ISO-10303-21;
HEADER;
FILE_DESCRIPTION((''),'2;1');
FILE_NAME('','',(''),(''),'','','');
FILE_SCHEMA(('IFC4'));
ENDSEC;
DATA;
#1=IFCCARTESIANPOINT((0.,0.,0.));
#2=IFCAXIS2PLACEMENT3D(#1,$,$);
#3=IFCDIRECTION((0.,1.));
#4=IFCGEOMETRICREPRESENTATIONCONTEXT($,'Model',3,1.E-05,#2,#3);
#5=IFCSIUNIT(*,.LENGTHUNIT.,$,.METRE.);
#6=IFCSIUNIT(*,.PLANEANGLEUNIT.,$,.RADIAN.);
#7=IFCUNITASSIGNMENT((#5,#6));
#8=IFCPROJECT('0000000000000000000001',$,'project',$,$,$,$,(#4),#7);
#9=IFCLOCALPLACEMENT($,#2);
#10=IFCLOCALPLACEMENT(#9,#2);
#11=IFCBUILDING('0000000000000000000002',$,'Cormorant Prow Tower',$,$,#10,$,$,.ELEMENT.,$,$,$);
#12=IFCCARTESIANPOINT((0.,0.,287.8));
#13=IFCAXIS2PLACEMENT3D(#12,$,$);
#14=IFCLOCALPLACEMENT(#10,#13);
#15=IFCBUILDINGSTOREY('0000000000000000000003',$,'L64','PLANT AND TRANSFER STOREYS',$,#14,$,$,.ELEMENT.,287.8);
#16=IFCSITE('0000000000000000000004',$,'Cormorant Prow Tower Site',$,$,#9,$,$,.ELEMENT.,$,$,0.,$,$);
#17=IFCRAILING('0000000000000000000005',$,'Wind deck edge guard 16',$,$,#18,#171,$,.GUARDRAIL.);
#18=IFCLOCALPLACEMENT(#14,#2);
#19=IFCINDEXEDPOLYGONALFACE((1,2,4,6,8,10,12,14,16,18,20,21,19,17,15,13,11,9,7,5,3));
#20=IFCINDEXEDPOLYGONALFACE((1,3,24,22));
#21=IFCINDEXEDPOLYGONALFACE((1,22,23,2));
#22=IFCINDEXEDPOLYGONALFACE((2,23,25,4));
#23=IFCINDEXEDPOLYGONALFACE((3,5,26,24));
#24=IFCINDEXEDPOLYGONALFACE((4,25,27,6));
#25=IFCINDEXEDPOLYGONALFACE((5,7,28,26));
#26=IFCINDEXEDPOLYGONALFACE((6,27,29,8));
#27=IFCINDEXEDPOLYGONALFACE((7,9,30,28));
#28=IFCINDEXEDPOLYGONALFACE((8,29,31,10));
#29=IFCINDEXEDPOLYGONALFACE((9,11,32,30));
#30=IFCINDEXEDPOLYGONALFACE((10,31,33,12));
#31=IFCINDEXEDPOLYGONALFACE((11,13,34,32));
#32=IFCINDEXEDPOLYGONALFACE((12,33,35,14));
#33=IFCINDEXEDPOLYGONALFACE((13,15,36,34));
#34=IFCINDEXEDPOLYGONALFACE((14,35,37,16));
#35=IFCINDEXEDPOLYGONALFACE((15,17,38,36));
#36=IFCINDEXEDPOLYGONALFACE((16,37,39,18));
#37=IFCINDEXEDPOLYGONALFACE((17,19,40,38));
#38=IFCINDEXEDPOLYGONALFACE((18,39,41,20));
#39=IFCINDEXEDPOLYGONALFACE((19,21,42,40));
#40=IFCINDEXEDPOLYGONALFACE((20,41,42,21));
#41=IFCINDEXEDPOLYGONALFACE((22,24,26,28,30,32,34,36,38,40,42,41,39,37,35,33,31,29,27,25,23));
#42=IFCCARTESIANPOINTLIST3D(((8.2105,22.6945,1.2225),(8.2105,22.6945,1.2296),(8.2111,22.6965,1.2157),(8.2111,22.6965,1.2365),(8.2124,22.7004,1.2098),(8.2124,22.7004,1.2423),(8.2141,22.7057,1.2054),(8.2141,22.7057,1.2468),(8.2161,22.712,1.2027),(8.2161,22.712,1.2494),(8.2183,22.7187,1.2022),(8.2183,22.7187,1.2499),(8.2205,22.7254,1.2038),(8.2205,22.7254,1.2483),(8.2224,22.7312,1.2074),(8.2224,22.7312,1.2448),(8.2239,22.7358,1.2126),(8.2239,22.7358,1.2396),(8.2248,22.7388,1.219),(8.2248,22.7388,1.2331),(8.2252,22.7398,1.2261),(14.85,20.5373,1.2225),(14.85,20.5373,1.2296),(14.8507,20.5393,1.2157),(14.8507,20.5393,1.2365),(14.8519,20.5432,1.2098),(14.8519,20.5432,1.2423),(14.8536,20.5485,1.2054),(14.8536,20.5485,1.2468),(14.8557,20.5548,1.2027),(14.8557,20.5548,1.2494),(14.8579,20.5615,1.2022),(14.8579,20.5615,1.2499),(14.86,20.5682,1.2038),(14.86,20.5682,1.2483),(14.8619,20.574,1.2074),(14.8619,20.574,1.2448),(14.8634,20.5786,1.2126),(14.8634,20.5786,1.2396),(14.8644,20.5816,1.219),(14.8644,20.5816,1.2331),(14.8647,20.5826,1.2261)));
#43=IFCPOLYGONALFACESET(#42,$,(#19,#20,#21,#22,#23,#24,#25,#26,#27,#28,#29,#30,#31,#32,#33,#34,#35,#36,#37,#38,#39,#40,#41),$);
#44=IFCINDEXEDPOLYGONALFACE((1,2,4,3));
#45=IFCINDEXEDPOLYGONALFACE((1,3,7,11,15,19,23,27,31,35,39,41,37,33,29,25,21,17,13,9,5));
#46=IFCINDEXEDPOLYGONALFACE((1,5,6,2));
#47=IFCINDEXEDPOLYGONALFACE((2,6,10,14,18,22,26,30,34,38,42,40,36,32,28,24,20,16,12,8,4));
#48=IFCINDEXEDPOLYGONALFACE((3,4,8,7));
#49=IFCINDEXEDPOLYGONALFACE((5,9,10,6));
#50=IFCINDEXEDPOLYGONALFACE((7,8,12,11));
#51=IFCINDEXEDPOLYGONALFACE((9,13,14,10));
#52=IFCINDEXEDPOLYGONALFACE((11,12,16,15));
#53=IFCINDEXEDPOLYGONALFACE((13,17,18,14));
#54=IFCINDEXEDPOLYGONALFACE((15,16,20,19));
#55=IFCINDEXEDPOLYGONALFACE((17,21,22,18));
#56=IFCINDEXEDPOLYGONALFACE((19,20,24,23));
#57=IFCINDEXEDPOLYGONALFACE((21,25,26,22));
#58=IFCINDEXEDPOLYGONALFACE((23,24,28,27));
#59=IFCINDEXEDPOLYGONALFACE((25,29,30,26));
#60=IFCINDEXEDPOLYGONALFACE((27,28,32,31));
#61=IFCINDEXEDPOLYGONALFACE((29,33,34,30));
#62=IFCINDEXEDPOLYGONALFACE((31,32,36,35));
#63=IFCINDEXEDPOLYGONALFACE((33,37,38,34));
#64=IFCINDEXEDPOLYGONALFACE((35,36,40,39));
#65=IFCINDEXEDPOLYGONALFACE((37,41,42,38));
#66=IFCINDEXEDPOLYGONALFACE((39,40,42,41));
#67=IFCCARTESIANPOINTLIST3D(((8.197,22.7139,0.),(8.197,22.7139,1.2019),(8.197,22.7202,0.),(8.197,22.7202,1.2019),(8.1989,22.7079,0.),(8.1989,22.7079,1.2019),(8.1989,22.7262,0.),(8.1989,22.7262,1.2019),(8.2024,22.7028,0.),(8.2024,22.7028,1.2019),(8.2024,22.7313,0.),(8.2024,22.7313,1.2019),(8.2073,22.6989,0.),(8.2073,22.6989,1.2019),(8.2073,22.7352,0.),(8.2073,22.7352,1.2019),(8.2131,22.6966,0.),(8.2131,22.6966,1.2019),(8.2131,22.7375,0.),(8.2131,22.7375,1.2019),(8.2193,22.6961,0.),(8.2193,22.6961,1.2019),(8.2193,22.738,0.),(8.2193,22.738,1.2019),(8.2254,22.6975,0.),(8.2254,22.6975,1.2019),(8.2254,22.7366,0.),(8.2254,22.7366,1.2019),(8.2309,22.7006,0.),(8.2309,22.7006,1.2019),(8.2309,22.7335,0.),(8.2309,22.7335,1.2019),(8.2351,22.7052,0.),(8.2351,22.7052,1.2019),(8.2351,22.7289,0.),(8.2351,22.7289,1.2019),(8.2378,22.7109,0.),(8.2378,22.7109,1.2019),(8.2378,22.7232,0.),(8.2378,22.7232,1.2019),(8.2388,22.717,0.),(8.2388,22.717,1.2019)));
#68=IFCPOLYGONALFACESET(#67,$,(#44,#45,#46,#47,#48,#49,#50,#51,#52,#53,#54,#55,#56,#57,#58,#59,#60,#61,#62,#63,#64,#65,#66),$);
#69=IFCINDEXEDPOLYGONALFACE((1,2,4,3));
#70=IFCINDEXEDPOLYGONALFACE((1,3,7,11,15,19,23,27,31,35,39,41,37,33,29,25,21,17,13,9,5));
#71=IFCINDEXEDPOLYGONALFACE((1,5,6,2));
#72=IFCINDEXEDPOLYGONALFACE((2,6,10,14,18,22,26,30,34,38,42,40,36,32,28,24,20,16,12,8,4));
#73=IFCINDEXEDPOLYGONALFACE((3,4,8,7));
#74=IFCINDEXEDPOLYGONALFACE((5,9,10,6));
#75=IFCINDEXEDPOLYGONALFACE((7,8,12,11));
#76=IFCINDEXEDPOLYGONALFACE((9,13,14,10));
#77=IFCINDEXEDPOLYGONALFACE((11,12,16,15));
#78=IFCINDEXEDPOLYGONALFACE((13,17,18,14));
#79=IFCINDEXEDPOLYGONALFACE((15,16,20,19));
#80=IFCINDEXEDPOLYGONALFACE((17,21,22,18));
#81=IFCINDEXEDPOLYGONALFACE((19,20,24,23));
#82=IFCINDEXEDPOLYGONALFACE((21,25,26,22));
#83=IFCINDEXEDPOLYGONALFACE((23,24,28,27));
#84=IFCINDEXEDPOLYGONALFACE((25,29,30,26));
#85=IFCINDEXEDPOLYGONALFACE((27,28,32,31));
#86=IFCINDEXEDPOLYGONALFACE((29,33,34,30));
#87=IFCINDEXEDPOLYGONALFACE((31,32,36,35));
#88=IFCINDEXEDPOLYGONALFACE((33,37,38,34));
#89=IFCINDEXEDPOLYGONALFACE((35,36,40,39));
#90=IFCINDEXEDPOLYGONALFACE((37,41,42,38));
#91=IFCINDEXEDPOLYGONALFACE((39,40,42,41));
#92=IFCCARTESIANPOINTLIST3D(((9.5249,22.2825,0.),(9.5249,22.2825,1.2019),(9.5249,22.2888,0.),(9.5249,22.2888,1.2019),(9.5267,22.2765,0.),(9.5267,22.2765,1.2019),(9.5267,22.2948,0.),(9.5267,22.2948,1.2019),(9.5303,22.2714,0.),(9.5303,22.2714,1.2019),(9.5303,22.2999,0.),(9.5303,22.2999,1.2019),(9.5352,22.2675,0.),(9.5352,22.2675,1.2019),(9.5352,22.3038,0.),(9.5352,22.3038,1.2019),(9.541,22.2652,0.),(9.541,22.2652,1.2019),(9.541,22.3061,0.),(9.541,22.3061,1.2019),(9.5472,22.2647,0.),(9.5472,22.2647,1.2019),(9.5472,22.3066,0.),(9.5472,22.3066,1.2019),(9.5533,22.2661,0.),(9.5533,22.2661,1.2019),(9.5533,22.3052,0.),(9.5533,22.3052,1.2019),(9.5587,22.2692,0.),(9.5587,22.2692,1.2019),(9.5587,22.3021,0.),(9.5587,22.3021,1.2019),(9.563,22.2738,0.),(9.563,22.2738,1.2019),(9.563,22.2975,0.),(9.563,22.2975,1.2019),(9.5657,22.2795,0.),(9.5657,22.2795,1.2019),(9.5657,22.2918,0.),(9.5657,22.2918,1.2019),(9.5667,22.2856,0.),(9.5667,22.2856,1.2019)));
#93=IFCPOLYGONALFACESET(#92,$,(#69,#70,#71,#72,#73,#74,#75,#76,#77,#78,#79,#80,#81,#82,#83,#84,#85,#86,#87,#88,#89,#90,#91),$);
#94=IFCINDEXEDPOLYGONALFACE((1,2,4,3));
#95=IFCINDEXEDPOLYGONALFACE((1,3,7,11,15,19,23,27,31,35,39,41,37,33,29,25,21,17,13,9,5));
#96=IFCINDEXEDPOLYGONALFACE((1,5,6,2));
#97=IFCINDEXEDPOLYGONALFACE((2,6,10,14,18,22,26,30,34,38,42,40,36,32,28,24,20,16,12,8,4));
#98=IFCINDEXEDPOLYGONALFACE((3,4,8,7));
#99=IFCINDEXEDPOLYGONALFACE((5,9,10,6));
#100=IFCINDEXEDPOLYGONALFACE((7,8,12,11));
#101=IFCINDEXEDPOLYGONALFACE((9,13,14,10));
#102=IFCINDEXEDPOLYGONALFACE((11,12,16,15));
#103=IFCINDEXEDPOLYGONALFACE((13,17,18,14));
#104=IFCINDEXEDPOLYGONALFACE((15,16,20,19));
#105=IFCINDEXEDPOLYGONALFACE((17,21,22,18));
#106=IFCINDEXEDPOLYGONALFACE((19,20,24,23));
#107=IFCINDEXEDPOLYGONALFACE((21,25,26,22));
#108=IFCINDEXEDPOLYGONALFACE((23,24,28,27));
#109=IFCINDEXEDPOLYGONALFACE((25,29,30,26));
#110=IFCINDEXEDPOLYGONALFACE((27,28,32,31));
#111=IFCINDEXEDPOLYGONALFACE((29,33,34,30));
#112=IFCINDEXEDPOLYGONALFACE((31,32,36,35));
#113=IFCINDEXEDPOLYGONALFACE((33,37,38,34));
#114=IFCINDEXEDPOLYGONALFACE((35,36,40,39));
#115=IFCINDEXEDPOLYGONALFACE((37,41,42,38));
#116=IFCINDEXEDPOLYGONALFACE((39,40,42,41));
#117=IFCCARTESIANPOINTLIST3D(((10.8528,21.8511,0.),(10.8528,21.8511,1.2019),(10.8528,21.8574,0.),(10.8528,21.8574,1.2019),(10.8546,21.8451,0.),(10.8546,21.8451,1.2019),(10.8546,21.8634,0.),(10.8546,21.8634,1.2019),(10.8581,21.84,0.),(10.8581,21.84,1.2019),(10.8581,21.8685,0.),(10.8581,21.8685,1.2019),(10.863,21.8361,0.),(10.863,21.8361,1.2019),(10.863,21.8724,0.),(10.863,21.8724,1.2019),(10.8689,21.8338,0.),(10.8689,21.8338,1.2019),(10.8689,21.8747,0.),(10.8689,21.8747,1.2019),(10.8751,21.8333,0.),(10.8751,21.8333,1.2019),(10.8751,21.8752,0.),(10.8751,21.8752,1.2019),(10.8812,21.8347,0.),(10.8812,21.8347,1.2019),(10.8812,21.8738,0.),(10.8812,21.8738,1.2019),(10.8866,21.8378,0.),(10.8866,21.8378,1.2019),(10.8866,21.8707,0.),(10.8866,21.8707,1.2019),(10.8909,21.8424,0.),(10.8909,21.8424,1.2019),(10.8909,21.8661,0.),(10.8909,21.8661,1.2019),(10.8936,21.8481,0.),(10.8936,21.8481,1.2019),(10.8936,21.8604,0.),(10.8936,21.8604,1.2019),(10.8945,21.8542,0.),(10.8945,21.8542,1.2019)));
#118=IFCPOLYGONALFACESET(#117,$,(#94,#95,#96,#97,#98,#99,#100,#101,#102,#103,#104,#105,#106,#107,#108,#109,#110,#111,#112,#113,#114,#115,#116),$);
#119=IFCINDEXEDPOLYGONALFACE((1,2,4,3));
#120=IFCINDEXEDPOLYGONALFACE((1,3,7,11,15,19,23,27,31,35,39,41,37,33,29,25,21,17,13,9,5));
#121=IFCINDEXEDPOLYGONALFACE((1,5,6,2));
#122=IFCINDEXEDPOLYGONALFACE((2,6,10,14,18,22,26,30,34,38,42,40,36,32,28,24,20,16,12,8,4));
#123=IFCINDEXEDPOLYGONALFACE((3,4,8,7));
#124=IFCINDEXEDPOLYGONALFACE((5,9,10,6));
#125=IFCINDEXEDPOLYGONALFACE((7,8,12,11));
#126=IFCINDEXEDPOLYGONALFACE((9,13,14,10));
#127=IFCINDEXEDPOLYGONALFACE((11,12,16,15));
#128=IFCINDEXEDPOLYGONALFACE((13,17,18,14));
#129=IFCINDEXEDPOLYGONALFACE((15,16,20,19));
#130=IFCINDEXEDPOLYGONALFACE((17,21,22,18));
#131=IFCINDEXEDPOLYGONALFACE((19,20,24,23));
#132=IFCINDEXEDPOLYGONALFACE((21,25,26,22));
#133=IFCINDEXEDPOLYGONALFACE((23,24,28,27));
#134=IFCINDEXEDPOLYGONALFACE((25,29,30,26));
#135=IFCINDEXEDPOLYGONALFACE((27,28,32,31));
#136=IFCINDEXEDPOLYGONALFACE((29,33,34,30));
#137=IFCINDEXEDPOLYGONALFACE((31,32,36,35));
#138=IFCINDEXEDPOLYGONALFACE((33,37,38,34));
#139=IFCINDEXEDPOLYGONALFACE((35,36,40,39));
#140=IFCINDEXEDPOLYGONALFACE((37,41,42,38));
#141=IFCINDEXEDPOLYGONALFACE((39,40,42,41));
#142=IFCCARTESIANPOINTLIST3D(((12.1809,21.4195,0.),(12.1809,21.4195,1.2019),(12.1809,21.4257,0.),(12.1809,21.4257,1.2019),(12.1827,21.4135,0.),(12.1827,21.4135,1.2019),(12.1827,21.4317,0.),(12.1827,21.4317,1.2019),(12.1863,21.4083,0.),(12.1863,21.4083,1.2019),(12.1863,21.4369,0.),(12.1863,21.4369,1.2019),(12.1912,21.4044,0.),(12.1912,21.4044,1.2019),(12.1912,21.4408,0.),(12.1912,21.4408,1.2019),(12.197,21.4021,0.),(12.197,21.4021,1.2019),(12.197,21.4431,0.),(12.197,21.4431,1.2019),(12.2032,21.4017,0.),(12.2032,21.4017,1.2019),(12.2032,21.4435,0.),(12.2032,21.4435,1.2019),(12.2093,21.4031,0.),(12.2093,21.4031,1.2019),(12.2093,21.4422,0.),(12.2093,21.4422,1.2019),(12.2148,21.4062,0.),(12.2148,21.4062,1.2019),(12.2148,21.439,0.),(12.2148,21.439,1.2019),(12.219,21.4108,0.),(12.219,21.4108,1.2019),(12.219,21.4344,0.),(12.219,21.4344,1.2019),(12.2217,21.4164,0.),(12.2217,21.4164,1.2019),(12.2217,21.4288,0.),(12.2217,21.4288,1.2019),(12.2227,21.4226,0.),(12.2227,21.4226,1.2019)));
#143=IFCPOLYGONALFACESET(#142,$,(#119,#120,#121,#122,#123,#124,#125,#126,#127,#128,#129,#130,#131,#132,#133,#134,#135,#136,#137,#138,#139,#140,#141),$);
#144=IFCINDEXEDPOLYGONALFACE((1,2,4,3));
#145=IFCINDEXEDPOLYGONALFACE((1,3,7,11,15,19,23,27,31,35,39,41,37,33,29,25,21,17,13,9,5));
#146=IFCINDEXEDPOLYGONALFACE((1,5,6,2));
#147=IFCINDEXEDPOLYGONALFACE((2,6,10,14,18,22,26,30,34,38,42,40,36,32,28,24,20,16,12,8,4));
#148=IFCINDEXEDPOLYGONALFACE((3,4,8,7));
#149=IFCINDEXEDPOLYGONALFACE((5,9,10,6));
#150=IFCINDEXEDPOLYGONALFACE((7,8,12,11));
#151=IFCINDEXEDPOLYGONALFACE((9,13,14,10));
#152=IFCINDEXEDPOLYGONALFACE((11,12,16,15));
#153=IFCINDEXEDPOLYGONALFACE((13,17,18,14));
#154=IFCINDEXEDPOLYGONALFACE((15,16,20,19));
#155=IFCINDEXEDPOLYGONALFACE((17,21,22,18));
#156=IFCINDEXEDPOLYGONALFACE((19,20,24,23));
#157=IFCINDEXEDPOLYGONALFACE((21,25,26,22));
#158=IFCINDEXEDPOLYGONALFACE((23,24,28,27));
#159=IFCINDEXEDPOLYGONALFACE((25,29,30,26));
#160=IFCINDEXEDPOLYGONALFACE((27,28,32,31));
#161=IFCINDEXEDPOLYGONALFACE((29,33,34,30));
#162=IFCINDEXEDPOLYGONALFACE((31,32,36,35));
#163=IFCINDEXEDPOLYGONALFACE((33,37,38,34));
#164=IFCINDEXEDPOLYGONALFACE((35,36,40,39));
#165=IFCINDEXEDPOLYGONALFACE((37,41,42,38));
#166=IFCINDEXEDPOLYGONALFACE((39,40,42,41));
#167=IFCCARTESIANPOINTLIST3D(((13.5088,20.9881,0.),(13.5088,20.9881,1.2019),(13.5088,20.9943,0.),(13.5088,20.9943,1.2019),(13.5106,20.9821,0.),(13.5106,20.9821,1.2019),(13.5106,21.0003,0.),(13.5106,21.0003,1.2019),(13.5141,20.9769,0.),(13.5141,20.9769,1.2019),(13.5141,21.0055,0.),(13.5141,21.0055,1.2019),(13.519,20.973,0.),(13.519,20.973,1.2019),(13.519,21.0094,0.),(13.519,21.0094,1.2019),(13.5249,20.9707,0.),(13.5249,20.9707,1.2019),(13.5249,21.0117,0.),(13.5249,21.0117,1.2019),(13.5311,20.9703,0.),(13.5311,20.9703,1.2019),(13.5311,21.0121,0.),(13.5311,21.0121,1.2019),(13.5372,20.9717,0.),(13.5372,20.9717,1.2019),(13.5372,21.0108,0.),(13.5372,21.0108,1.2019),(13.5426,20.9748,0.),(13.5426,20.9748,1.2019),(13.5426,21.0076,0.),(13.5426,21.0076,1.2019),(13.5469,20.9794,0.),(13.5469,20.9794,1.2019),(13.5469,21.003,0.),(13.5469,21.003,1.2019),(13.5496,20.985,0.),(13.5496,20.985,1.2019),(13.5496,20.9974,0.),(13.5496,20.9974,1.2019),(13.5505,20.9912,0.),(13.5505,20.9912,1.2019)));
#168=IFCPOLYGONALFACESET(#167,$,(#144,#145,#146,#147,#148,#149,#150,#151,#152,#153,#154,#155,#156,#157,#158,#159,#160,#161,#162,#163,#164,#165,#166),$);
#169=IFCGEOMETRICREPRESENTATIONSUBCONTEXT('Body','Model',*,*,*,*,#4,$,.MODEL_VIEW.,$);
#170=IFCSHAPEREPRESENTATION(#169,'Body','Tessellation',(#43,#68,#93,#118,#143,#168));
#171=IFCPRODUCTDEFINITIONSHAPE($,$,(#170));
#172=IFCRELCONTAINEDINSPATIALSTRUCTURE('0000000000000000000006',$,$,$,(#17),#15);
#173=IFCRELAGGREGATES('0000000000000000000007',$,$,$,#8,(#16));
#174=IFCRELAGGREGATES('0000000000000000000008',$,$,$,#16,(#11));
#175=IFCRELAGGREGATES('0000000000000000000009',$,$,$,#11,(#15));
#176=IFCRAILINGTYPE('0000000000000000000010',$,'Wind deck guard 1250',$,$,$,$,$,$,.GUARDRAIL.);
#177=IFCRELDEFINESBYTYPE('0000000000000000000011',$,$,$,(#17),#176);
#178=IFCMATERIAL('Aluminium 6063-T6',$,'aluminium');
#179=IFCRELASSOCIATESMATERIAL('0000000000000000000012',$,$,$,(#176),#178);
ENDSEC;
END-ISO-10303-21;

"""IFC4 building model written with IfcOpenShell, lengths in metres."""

from ifc_helpers import new_model, si_unit, direction, frame, origin, origin_2d, place, context, subcontext, project, spatial, circle, extrude, material, type_object, element, save


model = new_model("IFC4")

# Units and contexts
model_context = context("Model", 3, precision=1e-05, world=origin(), true_north=direction((0.0, 1.0)))
body_context = subcontext(model_context, "Body", "Model", "MODEL_VIEW")
ifc_project = project(units=[si_unit("LENGTHUNIT", "METRE"), si_unit("PLANEANGLEUNIT", "RADIAN")], contexts=[model_context])

# Site, building, storey
site_placement = place(None, origin())
site = spatial("IfcSite", under=ifc_project, at=site_placement, Name="Cormorant Prow Tower Site", CompositionType="ELEMENT", RefElevation=0.0)
building_placement = place(site_placement, origin())
building = spatial("IfcBuilding", under=site, at=building_placement, Name="Cormorant Prow Tower", CompositionType="ELEMENT")
storey_placement = place(building_placement, frame((0.0, 0.0, 287.8)))
storey = spatial("IfcBuildingStorey", under=building, at=storey_placement, Name="L64", Description="PLANT AND TRANSFER STOREYS", CompositionType="ELEMENT", Elevation=287.8)

# Railing
ifc_material_1 = material(Name="Aluminium 6063-T6", Category="aluminium")
railing_type = type_object("IfcRailingType", Name="Wind deck guard 1250", PredefinedType="GUARDRAIL", material=ifc_material_1)
railing_1_placement = place(storey_placement, frame((8.2178, 22.717, 0.0)))
element("IfcRailing", 1, at=railing_1_placement, inside=storey, type_object=railing_type, Name="Wind deck edge guard 16", PredefinedType="GUARDRAIL", context=body_context, shape_type="SweptSolid", body=[
    extrude(circle(Radius=0.0239, at=origin_2d()), frame((0.0, 0.0, 1.2261), z_axis=(0.951062, -0.309001, 0.0), x_axis=(0.309001, 0.951062, 0.0)), (0.0, 0.0, 1.0), 6.9812),
    extrude(circle(Radius=0.021, at=origin_2d()), origin(), (0.0, 0.0, 1.0), 1.2019),
    extrude(circle(Radius=0.021, at=origin_2d()), frame((1.3279, -0.4314, 0.0)), (0.0, 0.0, 1.0), 1.2019),
    extrude(circle(Radius=0.021, at=origin_2d()), frame((2.6558, -0.8628, 0.0)), (0.0, 0.0, 1.0), 1.2019),
    extrude(circle(Radius=0.021, at=origin_2d()), frame((3.9839, -1.2944, 0.0)), (0.0, 0.0, 1.0), 1.2019),
    extrude(circle(Radius=0.021, at=origin_2d()), frame((5.3118, -1.7258, 0.0)), (0.0, 0.0, 1.0), 1.2019),
])

save(model, "model.ifc")
